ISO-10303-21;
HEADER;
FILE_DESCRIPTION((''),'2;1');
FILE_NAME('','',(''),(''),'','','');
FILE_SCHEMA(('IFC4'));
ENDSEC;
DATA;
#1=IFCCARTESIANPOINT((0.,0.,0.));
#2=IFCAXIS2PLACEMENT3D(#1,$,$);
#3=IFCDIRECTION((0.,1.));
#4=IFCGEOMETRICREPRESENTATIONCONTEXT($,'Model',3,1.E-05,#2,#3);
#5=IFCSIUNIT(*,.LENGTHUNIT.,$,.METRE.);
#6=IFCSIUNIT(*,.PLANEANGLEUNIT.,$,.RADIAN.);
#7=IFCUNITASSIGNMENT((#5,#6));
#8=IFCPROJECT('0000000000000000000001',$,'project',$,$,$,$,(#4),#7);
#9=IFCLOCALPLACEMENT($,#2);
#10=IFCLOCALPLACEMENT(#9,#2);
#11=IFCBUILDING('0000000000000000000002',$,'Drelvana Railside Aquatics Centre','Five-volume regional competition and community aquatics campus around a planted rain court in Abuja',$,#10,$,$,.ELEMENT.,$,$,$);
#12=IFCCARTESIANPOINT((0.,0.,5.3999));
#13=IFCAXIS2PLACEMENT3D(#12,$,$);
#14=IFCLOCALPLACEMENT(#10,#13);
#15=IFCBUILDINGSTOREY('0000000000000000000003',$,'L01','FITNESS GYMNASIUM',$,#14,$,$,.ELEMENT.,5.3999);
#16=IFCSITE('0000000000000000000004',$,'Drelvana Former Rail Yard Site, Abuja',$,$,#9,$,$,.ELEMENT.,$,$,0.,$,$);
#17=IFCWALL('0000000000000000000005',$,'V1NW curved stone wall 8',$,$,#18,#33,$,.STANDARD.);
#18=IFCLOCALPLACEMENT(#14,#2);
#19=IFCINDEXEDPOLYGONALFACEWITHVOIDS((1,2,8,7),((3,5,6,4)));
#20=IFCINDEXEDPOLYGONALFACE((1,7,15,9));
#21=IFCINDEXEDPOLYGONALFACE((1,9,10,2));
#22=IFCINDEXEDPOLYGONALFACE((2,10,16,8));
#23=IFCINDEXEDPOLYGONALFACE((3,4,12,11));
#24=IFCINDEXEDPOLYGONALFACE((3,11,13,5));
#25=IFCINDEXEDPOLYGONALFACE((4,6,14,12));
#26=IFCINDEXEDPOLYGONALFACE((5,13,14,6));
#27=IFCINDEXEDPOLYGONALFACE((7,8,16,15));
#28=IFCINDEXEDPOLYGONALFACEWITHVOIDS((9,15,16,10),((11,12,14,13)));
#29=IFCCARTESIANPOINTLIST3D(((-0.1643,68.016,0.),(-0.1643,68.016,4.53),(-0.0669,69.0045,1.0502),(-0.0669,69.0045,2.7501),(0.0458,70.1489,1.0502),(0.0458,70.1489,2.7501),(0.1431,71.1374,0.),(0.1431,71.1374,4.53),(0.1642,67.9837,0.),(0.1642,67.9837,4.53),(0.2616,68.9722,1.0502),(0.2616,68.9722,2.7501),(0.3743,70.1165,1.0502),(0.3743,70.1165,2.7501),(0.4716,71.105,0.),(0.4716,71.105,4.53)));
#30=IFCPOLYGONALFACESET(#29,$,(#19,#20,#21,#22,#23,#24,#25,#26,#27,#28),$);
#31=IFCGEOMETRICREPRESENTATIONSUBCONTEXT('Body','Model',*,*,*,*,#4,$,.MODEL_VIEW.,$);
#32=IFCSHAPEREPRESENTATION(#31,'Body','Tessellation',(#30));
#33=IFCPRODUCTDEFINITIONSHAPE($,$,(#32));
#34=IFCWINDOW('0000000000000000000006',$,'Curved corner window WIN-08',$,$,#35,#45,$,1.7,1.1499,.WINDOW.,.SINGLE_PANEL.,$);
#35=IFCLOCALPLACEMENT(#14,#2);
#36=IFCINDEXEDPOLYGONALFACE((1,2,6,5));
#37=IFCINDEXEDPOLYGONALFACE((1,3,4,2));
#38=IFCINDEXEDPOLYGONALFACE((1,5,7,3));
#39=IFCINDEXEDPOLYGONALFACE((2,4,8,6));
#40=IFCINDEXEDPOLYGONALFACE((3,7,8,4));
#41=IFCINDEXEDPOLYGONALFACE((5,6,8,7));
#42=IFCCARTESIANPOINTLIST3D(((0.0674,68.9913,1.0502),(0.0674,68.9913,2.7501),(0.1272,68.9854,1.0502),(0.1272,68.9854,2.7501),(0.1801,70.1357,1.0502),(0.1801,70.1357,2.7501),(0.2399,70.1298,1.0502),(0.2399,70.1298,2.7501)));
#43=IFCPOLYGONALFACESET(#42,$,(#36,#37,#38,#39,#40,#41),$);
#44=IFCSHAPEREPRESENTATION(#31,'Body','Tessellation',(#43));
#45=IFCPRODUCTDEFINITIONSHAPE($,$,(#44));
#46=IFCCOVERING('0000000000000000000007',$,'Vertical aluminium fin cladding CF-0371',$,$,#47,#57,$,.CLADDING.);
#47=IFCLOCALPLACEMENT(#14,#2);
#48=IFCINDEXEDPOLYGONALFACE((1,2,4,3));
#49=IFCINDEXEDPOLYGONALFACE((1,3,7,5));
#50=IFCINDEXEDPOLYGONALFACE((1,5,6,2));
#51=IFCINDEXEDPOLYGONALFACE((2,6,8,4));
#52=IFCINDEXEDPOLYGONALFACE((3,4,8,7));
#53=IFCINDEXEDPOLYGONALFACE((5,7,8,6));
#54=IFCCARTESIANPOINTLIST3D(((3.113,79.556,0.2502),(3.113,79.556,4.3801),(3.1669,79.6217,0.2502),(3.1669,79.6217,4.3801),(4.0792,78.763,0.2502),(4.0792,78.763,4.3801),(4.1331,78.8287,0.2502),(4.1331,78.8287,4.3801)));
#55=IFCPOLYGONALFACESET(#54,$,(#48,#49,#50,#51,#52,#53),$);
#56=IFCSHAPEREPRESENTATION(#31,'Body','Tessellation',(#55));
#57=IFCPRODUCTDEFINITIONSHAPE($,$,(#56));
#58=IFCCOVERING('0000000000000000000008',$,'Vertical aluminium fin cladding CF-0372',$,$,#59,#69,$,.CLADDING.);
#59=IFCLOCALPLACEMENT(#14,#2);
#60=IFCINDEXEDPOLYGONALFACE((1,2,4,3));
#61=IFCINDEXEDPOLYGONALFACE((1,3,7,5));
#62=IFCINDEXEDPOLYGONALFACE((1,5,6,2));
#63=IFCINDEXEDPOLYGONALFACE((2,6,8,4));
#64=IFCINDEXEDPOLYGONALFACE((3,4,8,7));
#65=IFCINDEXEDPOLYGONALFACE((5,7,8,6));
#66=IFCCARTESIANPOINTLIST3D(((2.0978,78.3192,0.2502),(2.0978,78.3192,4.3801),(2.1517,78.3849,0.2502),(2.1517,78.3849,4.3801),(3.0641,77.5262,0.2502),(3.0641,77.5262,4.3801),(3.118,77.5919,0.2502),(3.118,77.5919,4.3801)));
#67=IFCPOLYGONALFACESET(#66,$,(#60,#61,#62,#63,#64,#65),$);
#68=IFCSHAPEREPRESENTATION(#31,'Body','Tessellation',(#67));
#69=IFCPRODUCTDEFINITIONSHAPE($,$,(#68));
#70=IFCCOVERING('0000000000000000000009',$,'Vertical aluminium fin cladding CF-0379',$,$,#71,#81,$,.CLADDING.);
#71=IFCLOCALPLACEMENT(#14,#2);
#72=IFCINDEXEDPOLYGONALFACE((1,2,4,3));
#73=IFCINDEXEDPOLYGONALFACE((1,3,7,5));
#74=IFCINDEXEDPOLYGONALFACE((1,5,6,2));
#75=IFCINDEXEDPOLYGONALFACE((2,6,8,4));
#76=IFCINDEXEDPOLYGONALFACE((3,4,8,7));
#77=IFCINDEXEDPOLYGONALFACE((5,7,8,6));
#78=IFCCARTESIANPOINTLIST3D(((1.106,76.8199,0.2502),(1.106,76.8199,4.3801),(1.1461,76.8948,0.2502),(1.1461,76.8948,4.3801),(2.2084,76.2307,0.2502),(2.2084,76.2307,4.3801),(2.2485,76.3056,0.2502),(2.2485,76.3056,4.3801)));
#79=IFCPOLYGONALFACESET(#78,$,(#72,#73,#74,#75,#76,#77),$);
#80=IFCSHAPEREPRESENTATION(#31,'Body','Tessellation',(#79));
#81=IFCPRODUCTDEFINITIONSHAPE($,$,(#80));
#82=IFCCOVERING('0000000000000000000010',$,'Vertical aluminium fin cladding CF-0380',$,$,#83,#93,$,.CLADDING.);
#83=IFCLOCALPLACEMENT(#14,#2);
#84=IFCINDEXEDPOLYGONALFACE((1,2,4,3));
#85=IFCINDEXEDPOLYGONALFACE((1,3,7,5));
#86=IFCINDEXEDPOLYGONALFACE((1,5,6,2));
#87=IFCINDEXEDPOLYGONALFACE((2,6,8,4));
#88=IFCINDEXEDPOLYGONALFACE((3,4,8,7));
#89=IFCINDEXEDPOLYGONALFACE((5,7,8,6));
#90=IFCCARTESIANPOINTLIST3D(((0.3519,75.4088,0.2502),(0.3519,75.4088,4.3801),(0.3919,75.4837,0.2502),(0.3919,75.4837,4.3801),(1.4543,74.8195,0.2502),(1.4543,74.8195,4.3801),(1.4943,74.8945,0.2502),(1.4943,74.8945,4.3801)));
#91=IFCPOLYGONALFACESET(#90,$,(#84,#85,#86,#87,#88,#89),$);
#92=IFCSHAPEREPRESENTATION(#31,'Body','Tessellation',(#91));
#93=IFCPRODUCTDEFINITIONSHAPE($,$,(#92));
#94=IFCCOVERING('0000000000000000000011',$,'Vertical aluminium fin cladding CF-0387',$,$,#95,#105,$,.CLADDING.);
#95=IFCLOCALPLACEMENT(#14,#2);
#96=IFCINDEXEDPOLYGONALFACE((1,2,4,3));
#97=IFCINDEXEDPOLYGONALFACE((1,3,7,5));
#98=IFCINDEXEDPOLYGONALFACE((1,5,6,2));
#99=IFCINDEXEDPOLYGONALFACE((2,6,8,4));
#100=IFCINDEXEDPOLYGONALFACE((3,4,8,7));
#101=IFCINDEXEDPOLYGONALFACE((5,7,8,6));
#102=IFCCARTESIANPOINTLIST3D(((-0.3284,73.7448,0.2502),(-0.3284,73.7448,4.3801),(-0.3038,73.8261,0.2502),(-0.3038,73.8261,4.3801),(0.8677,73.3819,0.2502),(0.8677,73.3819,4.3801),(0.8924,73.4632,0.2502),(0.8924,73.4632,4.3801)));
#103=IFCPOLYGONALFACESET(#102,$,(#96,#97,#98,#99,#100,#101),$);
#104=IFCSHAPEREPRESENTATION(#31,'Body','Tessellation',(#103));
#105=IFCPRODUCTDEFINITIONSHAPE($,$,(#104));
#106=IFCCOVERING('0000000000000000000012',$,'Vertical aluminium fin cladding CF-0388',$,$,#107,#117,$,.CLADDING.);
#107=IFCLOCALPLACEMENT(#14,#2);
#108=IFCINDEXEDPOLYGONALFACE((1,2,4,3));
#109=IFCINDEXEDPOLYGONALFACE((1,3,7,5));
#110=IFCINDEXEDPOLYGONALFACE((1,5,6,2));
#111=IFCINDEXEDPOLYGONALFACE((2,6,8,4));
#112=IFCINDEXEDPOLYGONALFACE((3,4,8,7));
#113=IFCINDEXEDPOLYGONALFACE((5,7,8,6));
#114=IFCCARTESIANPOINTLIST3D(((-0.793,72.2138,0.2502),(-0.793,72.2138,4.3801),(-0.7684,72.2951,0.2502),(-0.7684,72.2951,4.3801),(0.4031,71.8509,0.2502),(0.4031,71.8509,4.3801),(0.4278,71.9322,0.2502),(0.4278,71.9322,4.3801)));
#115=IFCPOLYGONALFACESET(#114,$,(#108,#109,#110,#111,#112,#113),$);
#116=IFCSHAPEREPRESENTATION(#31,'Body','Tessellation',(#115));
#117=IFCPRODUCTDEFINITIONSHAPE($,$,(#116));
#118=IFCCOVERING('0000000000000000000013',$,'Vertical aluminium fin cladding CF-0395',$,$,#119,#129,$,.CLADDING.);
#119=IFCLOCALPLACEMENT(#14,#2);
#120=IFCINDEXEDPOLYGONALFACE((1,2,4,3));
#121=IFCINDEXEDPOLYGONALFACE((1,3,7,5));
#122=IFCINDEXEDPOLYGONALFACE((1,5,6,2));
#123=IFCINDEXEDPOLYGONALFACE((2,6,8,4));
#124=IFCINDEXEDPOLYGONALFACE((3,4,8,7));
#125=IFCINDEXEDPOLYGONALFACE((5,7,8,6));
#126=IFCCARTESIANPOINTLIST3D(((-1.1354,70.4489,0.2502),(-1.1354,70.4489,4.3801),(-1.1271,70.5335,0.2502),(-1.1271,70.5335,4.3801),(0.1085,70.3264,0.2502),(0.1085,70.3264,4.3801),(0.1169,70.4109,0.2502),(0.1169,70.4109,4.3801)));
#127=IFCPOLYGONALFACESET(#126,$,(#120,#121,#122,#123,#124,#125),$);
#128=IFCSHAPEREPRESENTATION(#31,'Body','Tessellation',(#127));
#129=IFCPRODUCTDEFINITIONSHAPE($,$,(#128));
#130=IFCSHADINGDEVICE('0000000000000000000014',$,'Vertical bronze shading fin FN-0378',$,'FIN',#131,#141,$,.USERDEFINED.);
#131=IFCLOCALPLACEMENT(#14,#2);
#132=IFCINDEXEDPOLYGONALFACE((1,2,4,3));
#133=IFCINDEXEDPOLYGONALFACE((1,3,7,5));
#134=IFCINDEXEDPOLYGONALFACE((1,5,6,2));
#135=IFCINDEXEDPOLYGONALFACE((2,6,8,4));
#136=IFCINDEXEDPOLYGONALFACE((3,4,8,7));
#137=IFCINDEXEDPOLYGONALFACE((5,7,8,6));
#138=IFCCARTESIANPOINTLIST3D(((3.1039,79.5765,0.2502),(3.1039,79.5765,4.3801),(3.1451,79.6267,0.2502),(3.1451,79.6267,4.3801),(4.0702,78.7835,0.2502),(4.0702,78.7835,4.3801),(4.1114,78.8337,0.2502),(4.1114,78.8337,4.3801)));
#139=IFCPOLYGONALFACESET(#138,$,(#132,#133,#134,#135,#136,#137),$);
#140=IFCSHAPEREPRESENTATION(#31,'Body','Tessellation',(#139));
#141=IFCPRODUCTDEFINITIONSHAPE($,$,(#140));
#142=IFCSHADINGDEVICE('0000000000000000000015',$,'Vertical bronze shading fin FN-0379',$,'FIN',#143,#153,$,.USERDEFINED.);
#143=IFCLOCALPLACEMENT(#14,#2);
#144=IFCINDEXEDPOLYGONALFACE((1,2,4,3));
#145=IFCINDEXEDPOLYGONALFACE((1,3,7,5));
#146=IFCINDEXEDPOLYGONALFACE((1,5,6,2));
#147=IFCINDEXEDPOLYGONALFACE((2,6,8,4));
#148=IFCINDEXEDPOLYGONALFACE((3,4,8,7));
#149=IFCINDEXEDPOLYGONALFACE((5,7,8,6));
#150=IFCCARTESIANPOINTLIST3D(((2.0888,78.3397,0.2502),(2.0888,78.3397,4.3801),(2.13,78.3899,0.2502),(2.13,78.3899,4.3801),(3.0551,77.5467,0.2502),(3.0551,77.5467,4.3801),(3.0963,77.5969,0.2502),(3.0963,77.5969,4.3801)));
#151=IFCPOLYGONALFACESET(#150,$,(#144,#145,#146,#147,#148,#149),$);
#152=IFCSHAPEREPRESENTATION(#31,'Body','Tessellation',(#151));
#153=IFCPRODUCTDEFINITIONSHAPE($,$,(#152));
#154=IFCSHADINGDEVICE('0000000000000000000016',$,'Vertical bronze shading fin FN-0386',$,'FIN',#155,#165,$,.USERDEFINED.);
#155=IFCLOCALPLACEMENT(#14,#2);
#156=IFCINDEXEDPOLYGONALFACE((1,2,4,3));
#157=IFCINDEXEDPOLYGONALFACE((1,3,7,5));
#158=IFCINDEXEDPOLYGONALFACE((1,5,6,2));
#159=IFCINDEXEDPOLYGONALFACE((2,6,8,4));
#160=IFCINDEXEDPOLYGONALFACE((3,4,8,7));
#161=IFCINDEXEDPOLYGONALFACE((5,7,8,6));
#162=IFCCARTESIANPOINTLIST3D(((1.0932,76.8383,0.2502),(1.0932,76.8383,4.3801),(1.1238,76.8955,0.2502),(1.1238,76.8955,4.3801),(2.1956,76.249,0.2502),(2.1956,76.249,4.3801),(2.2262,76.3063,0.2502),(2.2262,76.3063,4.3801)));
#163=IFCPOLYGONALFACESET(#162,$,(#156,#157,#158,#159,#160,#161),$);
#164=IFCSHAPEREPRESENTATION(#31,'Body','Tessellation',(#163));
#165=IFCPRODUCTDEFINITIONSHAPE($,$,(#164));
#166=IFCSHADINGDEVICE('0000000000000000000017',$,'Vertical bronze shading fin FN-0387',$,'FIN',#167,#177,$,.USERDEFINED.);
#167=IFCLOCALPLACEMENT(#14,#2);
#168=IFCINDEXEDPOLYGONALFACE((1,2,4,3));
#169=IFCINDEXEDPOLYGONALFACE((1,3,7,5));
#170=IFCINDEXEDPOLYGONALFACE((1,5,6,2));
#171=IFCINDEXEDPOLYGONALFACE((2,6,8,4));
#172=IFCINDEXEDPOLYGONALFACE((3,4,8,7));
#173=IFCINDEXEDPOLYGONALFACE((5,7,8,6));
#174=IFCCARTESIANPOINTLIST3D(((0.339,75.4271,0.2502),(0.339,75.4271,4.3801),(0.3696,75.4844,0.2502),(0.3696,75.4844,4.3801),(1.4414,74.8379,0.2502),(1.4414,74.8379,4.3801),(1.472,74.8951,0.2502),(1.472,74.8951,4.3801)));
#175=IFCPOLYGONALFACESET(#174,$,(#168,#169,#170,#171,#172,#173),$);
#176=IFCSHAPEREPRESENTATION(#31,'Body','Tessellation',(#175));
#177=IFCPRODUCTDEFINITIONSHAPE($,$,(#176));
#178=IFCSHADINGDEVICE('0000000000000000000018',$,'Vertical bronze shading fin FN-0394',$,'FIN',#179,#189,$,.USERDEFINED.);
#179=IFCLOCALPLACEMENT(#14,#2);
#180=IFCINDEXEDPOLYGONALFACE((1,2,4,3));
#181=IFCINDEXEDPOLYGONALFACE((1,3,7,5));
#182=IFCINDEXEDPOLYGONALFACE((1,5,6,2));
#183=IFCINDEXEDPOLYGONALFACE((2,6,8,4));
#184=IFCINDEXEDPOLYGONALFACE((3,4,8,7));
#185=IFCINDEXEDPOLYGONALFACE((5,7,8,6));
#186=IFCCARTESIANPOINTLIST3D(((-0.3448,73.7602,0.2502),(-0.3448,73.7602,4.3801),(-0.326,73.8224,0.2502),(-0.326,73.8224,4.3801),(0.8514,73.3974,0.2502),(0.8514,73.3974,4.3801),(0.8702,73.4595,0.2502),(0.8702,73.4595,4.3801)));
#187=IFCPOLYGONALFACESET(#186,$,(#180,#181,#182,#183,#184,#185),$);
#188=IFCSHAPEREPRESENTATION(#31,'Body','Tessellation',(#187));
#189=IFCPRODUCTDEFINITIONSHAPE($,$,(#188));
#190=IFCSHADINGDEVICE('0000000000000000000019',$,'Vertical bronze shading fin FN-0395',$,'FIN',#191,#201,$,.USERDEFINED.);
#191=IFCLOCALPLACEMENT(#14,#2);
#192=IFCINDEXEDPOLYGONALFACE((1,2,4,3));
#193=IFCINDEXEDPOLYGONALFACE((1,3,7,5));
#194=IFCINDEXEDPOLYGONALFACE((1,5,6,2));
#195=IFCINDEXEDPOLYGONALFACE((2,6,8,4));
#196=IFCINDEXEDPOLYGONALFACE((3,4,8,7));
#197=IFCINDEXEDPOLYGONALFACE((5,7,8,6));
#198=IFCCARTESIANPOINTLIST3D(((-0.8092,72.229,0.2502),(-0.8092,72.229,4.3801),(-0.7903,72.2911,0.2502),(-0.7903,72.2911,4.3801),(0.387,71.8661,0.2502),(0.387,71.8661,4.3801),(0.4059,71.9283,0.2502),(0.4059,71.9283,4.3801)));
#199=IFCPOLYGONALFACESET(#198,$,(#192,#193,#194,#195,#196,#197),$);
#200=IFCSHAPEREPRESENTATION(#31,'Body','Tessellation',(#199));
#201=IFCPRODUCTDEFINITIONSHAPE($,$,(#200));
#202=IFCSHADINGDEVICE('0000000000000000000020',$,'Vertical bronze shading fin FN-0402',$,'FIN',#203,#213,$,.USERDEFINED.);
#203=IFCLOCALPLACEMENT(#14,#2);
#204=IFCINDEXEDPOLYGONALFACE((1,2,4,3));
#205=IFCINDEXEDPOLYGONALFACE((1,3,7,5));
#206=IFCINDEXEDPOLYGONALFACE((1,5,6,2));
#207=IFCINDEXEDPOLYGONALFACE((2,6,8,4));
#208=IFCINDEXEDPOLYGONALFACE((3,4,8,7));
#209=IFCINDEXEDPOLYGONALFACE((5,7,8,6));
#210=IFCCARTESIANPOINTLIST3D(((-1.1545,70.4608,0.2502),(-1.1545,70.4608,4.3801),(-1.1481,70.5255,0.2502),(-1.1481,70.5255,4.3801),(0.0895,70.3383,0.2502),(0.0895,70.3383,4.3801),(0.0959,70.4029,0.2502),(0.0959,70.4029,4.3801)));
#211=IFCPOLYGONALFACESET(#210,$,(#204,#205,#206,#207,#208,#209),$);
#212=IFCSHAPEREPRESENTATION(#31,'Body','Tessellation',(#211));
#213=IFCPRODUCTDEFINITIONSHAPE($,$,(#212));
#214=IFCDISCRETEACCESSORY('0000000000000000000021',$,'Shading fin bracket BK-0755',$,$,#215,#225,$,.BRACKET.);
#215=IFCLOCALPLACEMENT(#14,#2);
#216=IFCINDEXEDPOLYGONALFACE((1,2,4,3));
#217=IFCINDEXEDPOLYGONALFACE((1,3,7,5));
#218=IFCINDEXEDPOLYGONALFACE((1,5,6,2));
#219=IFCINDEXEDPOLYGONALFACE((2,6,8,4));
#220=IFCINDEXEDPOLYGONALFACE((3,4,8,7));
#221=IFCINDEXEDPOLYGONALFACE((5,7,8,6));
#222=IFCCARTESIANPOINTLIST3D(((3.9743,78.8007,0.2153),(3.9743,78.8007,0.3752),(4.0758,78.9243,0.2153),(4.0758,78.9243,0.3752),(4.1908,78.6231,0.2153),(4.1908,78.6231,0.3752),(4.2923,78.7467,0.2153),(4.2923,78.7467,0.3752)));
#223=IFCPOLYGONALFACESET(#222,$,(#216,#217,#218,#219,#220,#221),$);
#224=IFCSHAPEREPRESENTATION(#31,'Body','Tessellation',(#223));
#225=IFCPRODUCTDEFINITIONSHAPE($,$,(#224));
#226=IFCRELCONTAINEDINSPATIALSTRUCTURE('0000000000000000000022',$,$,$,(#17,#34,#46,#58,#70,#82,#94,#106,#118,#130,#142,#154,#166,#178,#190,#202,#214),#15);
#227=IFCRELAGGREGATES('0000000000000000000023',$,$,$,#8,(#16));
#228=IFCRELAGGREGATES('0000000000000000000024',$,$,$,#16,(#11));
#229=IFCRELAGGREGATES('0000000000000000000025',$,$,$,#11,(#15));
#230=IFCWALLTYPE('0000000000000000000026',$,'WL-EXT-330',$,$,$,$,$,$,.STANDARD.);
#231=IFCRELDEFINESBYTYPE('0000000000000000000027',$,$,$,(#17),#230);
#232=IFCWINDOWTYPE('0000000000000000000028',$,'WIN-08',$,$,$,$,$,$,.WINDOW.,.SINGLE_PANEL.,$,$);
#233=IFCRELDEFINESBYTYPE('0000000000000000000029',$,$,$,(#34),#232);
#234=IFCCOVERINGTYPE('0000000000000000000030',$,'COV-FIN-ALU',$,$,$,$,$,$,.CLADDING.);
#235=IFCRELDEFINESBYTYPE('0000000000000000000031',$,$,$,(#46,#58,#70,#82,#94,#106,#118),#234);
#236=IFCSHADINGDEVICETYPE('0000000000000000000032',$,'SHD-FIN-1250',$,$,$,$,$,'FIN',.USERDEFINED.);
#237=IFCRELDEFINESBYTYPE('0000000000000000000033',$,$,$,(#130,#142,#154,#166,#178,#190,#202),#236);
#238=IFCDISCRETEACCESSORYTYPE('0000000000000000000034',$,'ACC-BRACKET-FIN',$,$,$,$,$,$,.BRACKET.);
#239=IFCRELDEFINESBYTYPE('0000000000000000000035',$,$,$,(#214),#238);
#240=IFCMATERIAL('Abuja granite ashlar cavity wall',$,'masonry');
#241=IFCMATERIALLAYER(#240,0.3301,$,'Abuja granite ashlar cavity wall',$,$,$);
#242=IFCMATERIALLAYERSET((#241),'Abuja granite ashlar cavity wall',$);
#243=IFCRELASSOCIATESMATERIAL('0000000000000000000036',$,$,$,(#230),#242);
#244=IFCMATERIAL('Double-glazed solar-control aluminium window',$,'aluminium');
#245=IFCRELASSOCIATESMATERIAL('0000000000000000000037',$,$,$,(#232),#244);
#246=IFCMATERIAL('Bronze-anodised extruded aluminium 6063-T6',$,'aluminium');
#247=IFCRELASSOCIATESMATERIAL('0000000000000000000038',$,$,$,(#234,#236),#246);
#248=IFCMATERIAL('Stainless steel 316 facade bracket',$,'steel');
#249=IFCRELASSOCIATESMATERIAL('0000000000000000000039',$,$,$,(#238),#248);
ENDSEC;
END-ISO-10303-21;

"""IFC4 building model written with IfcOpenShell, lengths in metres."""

from ifc_helpers import new_model, si_unit, direction, frame, frame_2d, origin, origin_2d, place, context, subcontext, project, spatial, rectangle, extrude, material, layer, layer_set, type_object, element, fill, save


model = new_model("IFC4")

# Units and contexts
model_context = context("Model", 3, precision=1e-05, world=origin(), true_north=direction((0.0, 1.0)))
body_context = subcontext(model_context, "Body", "Model", "MODEL_VIEW")
ifc_project = project(units=[si_unit("LENGTHUNIT", "METRE"), si_unit("PLANEANGLEUNIT", "RADIAN")], contexts=[model_context])

# Site, building, storey
site_placement = place(None, origin())
site = spatial("IfcSite", under=ifc_project, at=site_placement, Name="Drelvana Former Rail Yard Site, Abuja", CompositionType="ELEMENT", RefElevation=0.0)
building_placement = place(site_placement, origin())
building = spatial("IfcBuilding", under=site, at=building_placement, Name="Drelvana Railside Aquatics Centre", Description="Five-volume regional competition and community aquatics campus around a planted rain court in Abuja", CompositionType="ELEMENT")
storey_placement = place(building_placement, frame((0.0, 0.0, 5.3999)))
storey = spatial("IfcBuildingStorey", under=building, at=storey_placement, Name="L01", Description="FITNESS GYMNASIUM", CompositionType="ELEMENT", Elevation=5.3999)

# Shared definitions
ifc_material_1 = material(Name="Abuja granite ashlar cavity wall", Category="masonry")
ifc_layer = layer(ifc_material_1, 0.3301, Name="Abuja granite ashlar cavity wall")
ifc_layer_set = layer_set([ifc_layer], Name="Abuja granite ashlar cavity wall")
wall_type = type_object("IfcWallType", Name="WL-EXT-330", PredefinedType="STANDARD", material=ifc_layer_set)

# Wall, opening, window
wall_1_placement = place(storey_placement, frame((0.3074, 71.1213, 0.0), z_axis=(0.0, 0.0, 1.0), x_axis=(-0.098001, -0.995186, 0.0)))
wall_1 = element("IfcWall", 1, at=wall_1_placement, inside=storey, type_object=wall_type, Name="V1NW curved stone wall 8", PredefinedType="STANDARD", context=body_context, shape_type="SweptSolid", body=[
    extrude(rectangle(XDim=3.1365, YDim=0.3301, at=frame_2d((1.5684, 0.0))), origin(), (0.0, 0.0, 1.0), 4.53),
])
opening_placement = place(wall_1_placement, frame((0.9934, 0.0, 1.05)))
opening = element("IfcOpeningElement", 2, at=opening_placement, cuts=wall_1, PredefinedType="OPENING", context=body_context, shape_type="SweptSolid", body=[
    extrude(rectangle(XDim=1.1499, YDim=1.7, at=frame_2d((0.575, 0.8501))), frame((0.0, 0.175, 0.0), z_axis=(0.0, -1.0, 0.0), x_axis=(1.0, 0.0, 0.0)), (0.0, 0.0, 1.0), 0.3501),
])
ifc_material_2 = material(Name="Double-glazed solar-control aluminium window", Category="aluminium")
window_type = type_object("IfcWindowType", Name="WIN-08", PartitioningType="SINGLE_PANEL", PredefinedType="WINDOW", material=ifc_material_2)
window_placement = place(opening_placement, origin())
window = element("IfcWindow", 3, at=window_placement, inside=storey, type_object=window_type, Name="Curved corner window WIN-08", OverallHeight=1.7, OverallWidth=1.1499, PartitioningType="SINGLE_PANEL", PredefinedType="WINDOW", context=body_context, shape_type="SweptSolid", body=[
    extrude(rectangle(XDim=1.1499, YDim=1.7, at=frame_2d((0.575, 0.8501))), frame((0.0, 0.03, 0.0), z_axis=(0.0, -1.0, 0.0), x_axis=(1.0, 0.0, 0.0)), (0.0, 0.0, 1.0), 0.0601),
])
fill(opening, window)

# Coverings
ifc_material_3 = material(Name="Bronze-anodised extruded aluminium 6063-T6", Category="aluminium")
covering_type = type_object("IfcCoveringType", Name="COV-FIN-ALU", PredefinedType="CLADDING", material=ifc_material_3)
for number, where, z_axis, x_axis, name in (
    (4, (3.623, 79.1924, 0.2502), (0.0, 0.0, 1.0), (0.634393, 0.77301, 0.0), "Vertical aluminium fin cladding CF-0371"),
    (5, (2.6079, 77.9556, 0.2502), (0.0, 0.0, 1.0), (0.634393, 0.77301, 0.0), "Vertical aluminium fin cladding CF-0372"),
    (6, (1.6772, 76.5627, 0.2502), (0.0, 0.0, 1.0), (0.471397, 0.881921, 0.0), "Vertical aluminium fin cladding CF-0379"),
    (7, (0.9231, 75.1516, 0.2502), (0.0, 0.0, 1.0), (0.471397, 0.881921, 0.0), "Vertical aluminium fin cladding CF-0380"),
    (8, (0.282, 73.604, 0.2502), (0.0, 0.0, 1.0), (0.290285, 0.95694, 0.0), "Vertical aluminium fin cladding CF-0387"),
    (9, (-0.1826, 72.073, 0.2502), (0.0, 0.0, 1.0), (0.290285, 0.95694, 0.0), "Vertical aluminium fin cladding CF-0388"),
    (10, (-0.5093, 70.4299, 0.2502), (0.0, 0.0, 1.0), (0.098017, 0.995185, 0.0), "Vertical aluminium fin cladding CF-0395"),
):
    element("IfcCovering", number, at=place(storey_placement, frame(where, z_axis=z_axis, x_axis=x_axis)), inside=storey, type_object=covering_type, Name=name, PredefinedType="CLADDING", context=body_context, shape_type="SweptSolid", body=[
        extrude(rectangle(XDim=0.085, YDim=1.25, at=origin_2d()), origin(), (0.0, 0.0, 1.0), 4.1299),
    ])

# Shading devices
shading_device_type = type_object("IfcShadingDeviceType", Name="SHD-FIN-1250", ElementType="FIN", PredefinedType="USERDEFINED", material=ifc_material_3)
for number, where, z_axis, x_axis, name in (
    (11, (3.6077, 79.2051, 0.2502), (0.0, 0.0, 1.0), (-0.77301, 0.634393, 0.0), "Vertical bronze shading fin FN-0378"),
    (12, (2.5925, 77.9683, 0.2502), (0.0, 0.0, 1.0), (-0.77301, 0.634393, 0.0), "Vertical bronze shading fin FN-0379"),
    (13, (1.6597, 76.5723, 0.2502), (0.0, 0.0, 1.0), (-0.881921, 0.471397, 0.0), "Vertical bronze shading fin FN-0386"),
    (14, (0.9055, 75.1611, 0.2502), (0.0, 0.0, 1.0), (-0.881921, 0.471397, 0.0), "Vertical bronze shading fin FN-0387"),
    (15, (0.2627, 73.6099, 0.2502), (0.0, 0.0, 1.0), (-0.95694, 0.290285, 0.0), "Vertical bronze shading fin FN-0394"),
    (16, (-0.2017, 72.0786, 0.2502), (0.0, 0.0, 1.0), (-0.95694, 0.290285, 0.0), "Vertical bronze shading fin FN-0395"),
    (17, (-0.5293, 70.4319, 0.2502), (0.0, 0.0, 1.0), (-0.995185, 0.098017, 0.0), "Vertical bronze shading fin FN-0402"),
):
    element("IfcShadingDevice", number, at=place(storey_placement, frame(where, z_axis=z_axis, x_axis=x_axis)), inside=storey, type_object=shading_device_type, Name=name, ObjectType="FIN", PredefinedType="USERDEFINED", context=body_context, shape_type="SweptSolid", body=[
        extrude(rectangle(XDim=1.25, YDim=0.0649, at=origin_2d()), origin(), (0.0, 0.0, 1.0), 4.1299),
    ])

# Discrete accessory
ifc_material_4 = material(Name="Stainless steel 316 facade bracket", Category="steel")
discrete_accessory_type = type_object("IfcDiscreteAccessoryType", Name="ACC-BRACKET-FIN", PredefinedType="BRACKET", material=ifc_material_4)
for number, where, z_axis, x_axis, name in (
    (18, (4.1333, 78.7737, 0.2153), (0.0, 0.0, 1.0), (-0.77301, 0.634393, 0.0), "Shading fin bracket BK-0755"),
):
    element("IfcDiscreteAccessory", number, at=place(storey_placement, frame(where, z_axis=z_axis, x_axis=x_axis)), inside=storey, type_object=discrete_accessory_type, Name=name, PredefinedType="BRACKET", context=body_context, shape_type="SweptSolid", body=[
        extrude(rectangle(XDim=0.28, YDim=0.1599, at=origin_2d()), origin(), (0.0, 0.0, 1.0), 0.1599),
    ])

save(model, "model.ifc")
